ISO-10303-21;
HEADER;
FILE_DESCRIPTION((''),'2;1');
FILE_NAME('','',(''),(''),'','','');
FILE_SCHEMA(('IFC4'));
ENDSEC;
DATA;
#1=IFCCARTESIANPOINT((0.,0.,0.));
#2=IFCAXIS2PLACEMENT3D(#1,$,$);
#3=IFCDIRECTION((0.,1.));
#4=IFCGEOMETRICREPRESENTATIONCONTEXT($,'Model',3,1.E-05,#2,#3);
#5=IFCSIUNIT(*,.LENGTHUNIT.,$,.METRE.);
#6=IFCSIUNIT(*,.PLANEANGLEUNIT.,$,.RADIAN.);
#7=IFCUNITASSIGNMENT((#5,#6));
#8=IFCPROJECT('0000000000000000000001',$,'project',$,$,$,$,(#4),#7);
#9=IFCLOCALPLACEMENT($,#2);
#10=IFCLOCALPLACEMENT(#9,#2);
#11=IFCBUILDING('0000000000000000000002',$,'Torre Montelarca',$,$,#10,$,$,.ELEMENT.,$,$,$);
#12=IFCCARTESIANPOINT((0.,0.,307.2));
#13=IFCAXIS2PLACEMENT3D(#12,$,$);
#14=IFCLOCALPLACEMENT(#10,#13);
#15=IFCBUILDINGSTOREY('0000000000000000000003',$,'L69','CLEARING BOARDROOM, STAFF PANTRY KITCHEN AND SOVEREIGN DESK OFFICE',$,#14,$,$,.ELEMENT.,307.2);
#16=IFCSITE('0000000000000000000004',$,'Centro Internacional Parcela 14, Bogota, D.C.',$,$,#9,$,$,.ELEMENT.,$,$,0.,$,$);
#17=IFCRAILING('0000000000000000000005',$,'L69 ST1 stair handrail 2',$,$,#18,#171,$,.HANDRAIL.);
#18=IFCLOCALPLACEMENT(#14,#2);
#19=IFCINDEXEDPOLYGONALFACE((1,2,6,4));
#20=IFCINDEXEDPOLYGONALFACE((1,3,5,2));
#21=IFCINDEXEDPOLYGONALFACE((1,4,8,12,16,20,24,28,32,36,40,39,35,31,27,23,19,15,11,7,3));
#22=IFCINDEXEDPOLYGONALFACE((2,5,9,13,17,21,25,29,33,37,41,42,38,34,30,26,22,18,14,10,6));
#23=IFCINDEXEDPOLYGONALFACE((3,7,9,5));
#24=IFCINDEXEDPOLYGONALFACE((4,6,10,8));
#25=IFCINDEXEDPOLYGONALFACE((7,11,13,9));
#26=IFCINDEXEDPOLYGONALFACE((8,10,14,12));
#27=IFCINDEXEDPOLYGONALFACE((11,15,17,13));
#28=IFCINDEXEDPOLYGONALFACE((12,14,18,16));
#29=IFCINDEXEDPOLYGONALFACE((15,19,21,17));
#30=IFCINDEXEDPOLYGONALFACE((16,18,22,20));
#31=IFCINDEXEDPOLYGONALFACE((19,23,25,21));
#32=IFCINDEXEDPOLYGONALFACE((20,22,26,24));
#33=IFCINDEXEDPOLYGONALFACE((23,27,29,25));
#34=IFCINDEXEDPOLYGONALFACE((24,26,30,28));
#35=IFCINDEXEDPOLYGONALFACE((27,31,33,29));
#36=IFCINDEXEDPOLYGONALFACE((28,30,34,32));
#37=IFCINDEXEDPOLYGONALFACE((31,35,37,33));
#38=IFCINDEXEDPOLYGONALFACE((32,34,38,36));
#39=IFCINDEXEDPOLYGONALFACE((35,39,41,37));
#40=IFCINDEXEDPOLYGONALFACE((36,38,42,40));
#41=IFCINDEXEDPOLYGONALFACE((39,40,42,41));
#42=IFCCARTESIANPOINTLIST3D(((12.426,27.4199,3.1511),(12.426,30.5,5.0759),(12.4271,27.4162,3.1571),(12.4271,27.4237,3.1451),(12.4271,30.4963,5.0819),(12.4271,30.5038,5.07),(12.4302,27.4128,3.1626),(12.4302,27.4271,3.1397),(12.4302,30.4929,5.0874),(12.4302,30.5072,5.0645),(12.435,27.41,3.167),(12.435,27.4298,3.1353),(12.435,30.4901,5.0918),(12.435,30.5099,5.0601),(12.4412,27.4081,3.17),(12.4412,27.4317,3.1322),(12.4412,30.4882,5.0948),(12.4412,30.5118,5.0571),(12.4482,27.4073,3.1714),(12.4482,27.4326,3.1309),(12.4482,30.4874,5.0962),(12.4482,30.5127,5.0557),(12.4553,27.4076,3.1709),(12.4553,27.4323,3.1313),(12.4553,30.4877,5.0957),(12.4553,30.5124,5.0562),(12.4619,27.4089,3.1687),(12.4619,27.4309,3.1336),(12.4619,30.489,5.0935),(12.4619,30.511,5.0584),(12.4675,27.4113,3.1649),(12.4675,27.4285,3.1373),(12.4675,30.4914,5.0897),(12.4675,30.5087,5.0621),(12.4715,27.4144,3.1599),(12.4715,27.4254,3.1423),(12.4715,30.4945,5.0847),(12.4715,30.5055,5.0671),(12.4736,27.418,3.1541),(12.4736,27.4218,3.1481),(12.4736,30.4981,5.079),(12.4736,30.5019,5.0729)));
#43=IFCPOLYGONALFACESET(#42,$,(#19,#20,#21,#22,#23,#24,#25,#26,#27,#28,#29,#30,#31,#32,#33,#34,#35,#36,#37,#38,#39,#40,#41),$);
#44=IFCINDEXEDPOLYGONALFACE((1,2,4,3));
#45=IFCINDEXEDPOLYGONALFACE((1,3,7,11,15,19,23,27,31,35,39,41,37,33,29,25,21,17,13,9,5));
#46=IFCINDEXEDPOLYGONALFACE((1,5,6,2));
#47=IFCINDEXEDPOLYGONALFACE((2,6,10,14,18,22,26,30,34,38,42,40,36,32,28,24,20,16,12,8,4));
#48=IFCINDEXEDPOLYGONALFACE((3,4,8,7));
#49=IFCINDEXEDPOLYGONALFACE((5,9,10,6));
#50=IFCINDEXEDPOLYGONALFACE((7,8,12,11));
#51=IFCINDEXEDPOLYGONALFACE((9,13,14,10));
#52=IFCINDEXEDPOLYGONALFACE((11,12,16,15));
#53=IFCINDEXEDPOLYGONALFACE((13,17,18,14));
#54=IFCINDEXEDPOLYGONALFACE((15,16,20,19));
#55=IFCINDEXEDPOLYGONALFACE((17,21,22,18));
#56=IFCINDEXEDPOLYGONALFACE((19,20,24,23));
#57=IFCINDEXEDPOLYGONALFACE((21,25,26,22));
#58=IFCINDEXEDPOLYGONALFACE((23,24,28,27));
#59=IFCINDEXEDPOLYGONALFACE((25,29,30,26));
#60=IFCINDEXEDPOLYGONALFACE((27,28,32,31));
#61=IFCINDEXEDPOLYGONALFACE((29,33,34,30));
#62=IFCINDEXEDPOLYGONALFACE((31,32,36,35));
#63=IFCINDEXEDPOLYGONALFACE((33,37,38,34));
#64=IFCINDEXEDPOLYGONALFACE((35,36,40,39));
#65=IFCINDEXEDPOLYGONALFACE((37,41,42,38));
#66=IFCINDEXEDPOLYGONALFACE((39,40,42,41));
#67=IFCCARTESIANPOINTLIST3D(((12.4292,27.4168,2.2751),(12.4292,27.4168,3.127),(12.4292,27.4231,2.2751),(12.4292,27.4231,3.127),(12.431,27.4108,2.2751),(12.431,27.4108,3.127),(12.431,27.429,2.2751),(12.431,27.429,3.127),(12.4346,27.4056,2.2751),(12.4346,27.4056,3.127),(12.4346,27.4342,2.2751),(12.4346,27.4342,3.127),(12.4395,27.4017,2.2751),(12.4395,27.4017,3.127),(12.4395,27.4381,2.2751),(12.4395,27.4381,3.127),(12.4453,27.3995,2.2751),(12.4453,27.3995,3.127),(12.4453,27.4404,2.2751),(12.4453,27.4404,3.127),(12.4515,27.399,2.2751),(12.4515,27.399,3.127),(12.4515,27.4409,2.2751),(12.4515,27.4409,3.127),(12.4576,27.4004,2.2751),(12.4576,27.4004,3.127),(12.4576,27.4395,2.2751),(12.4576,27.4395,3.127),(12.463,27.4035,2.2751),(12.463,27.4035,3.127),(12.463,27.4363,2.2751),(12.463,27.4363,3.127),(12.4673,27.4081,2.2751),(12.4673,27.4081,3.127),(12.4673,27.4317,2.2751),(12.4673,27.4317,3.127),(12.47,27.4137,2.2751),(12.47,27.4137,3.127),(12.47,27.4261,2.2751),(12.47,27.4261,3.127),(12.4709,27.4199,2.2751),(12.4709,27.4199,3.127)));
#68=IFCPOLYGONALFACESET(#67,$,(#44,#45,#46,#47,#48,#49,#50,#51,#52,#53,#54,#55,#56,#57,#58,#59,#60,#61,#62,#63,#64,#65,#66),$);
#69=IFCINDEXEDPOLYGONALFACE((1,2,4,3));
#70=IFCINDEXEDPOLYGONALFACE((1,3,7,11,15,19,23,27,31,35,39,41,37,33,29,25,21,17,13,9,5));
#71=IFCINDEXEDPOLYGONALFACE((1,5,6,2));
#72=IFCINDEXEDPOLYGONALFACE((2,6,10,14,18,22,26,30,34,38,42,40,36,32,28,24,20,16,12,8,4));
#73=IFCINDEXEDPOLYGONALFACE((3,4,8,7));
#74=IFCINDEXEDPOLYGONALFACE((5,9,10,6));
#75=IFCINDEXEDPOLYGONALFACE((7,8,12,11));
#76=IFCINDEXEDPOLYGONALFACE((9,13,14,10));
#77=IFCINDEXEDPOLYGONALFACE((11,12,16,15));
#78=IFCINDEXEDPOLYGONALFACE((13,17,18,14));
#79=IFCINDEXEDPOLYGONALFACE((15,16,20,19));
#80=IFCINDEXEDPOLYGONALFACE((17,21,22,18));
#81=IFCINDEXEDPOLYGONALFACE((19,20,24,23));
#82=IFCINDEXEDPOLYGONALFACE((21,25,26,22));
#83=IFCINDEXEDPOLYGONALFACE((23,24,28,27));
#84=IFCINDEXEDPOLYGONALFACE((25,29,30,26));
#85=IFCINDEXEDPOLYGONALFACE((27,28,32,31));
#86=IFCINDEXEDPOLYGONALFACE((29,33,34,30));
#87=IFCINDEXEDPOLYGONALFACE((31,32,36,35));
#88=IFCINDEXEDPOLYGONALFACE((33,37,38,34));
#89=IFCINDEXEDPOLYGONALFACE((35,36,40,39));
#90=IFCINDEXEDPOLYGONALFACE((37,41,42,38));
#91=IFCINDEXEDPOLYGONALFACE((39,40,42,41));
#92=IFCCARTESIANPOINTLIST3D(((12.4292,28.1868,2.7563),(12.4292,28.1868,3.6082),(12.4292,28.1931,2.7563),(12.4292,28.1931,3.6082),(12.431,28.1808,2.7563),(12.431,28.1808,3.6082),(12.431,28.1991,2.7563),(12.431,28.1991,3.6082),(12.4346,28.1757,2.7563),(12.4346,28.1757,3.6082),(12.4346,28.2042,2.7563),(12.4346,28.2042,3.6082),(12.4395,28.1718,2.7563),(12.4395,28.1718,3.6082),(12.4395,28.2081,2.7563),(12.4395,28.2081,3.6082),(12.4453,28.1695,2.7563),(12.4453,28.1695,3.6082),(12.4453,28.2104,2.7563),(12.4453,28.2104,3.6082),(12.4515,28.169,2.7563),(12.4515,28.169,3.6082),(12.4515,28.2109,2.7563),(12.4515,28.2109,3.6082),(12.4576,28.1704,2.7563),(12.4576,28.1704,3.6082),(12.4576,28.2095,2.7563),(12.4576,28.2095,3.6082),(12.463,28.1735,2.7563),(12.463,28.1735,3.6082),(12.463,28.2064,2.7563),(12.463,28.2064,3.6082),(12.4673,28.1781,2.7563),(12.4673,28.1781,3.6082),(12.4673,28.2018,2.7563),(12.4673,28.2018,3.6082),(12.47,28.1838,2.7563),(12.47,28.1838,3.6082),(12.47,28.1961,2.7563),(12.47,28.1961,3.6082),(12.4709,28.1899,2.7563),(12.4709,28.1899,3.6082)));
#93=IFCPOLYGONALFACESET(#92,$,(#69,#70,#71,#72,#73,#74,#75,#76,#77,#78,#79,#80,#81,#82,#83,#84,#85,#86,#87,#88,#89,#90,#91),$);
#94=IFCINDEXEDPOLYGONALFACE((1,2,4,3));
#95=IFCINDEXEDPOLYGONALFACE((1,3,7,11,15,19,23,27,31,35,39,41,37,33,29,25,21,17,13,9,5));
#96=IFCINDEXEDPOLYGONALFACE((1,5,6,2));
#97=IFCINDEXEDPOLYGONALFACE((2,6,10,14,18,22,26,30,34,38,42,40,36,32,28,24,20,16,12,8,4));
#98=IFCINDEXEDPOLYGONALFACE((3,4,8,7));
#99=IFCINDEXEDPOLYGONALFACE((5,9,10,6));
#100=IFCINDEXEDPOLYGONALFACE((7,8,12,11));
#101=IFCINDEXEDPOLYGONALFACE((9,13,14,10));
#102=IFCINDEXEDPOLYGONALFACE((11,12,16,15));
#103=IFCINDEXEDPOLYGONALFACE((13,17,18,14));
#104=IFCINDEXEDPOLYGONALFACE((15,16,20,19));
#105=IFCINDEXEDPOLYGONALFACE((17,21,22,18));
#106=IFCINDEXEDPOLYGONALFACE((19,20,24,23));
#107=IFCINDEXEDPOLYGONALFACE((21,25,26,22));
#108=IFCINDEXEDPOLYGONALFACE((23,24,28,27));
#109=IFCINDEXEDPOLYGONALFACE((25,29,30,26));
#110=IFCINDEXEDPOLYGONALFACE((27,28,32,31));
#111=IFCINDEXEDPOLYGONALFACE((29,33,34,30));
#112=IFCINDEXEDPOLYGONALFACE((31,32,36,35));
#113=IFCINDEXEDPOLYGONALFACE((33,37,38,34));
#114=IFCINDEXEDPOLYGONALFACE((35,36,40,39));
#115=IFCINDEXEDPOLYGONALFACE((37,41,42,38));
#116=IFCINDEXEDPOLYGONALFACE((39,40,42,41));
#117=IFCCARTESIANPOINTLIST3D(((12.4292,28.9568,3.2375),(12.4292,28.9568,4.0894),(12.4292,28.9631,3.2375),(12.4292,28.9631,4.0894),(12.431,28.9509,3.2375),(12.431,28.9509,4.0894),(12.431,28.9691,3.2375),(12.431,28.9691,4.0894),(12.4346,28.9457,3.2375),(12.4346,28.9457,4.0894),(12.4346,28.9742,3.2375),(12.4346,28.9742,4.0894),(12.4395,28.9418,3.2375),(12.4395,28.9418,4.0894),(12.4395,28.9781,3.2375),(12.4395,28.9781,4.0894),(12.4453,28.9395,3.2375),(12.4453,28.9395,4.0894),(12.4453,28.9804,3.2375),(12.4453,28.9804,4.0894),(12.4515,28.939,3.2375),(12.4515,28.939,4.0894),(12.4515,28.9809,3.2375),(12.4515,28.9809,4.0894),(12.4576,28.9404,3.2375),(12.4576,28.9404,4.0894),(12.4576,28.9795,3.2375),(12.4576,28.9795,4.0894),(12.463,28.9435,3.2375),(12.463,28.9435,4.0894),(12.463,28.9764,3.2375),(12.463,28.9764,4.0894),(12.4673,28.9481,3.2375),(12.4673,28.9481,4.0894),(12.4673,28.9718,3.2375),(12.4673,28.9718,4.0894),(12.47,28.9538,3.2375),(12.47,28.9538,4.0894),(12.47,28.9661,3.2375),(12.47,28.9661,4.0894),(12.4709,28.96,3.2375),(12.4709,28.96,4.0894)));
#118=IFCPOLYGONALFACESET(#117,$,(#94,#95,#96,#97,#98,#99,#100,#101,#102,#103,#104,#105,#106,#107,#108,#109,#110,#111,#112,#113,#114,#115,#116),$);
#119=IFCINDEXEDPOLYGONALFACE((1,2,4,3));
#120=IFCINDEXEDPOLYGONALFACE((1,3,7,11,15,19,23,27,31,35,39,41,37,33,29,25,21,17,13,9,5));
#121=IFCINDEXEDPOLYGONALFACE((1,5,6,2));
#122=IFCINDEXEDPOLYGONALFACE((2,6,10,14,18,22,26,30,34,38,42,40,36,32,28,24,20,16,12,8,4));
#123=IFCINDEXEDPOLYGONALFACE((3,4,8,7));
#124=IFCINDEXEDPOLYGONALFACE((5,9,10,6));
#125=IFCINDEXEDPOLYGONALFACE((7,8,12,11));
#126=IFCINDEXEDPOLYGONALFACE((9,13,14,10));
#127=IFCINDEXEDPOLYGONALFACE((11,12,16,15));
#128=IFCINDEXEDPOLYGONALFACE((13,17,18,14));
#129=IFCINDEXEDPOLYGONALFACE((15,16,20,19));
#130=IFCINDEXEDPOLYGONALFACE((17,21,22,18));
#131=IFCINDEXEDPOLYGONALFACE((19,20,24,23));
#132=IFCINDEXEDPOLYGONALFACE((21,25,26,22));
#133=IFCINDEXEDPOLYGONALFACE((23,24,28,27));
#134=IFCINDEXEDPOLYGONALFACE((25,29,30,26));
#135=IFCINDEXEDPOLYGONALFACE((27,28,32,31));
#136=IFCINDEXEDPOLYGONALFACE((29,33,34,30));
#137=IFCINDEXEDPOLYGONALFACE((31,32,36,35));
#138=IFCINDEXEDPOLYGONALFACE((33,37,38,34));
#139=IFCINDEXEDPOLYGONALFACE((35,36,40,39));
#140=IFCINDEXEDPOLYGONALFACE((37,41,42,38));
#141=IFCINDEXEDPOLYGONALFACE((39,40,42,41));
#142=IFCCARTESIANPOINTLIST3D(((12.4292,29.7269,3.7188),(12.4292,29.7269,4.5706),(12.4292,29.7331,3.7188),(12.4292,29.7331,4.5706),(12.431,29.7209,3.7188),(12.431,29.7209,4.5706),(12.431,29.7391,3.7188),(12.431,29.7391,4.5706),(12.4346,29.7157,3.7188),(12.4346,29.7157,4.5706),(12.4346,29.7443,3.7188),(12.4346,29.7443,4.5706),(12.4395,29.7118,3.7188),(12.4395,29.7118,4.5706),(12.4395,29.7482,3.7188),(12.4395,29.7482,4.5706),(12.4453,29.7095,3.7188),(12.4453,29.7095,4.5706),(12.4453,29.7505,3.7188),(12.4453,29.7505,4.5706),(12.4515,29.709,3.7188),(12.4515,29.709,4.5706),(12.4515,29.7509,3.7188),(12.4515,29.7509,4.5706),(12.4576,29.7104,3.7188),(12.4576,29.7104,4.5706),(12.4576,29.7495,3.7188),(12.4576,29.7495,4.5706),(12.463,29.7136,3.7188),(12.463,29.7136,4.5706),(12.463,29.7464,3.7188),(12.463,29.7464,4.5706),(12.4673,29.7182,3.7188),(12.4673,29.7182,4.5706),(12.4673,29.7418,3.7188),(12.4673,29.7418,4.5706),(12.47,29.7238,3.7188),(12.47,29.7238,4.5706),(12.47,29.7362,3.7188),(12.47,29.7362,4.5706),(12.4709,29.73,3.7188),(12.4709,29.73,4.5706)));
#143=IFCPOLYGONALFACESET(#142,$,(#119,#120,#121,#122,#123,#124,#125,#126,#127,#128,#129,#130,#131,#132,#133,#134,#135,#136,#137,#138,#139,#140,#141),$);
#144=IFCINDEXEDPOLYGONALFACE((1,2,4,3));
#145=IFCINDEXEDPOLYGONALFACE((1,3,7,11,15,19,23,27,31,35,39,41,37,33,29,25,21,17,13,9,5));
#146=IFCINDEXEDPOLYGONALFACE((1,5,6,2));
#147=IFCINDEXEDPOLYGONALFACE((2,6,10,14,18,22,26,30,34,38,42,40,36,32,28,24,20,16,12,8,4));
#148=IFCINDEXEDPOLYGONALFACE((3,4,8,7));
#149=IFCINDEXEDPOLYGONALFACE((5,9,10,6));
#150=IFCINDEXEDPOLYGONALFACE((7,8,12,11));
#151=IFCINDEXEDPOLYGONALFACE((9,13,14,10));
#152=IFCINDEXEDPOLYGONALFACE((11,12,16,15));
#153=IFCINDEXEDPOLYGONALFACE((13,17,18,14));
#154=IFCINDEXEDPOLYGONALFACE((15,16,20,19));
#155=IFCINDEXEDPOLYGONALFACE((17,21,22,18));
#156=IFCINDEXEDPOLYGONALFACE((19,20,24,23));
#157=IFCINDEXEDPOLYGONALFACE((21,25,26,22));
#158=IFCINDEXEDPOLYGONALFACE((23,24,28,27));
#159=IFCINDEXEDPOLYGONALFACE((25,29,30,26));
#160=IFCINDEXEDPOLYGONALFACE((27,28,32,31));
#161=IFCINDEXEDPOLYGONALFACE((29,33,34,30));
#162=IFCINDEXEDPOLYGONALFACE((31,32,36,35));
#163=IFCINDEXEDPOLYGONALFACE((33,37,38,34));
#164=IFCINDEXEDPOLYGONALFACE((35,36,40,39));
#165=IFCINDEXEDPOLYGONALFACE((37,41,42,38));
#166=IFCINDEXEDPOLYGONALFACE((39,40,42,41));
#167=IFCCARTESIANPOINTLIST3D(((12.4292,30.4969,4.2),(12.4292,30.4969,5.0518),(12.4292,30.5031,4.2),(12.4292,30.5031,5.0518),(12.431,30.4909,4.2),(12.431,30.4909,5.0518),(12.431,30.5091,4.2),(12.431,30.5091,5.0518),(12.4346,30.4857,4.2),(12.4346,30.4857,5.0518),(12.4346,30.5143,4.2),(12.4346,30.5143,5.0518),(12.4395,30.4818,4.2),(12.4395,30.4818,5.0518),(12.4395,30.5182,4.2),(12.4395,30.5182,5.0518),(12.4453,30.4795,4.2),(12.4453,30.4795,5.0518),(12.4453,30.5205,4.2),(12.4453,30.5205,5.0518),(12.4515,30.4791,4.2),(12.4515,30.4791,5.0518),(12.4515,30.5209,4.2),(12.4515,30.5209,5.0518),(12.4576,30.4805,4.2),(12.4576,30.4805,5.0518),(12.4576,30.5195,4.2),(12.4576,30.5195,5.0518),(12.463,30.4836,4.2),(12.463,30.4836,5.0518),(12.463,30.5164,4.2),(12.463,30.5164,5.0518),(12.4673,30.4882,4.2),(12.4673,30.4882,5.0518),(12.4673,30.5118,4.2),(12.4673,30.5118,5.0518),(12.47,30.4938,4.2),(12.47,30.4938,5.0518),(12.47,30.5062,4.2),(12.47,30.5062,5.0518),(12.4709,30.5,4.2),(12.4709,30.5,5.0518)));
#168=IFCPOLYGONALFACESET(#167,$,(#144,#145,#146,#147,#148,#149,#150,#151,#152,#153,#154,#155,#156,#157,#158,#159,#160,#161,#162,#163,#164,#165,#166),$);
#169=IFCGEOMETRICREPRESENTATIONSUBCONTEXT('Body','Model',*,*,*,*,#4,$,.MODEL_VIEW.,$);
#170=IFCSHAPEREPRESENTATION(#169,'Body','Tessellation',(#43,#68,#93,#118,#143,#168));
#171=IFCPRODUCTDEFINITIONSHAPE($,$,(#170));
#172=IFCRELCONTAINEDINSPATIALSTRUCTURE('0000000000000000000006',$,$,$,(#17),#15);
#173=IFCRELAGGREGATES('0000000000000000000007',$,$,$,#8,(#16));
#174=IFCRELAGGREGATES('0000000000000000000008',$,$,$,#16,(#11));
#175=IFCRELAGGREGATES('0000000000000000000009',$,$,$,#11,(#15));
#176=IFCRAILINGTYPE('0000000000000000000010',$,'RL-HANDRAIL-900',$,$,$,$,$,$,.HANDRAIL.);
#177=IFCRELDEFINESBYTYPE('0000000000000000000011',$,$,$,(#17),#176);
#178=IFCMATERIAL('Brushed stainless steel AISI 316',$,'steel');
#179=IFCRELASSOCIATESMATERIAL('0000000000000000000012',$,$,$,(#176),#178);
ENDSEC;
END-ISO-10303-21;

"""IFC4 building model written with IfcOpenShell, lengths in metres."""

from ifc_helpers import new_model, si_unit, direction, frame, origin, origin_2d, place, context, subcontext, project, spatial, circle, extrude, material, type_object, element, save


model = new_model("IFC4")

# Units and contexts
model_context = context("Model", 3, precision=1e-05, world=origin(), true_north=direction((0.0, 1.0)))
body_context = subcontext(model_context, "Body", "Model", "MODEL_VIEW")
ifc_project = project(units=[si_unit("LENGTHUNIT", "METRE"), si_unit("PLANEANGLEUNIT", "RADIAN")], contexts=[model_context])

# Site, building, storey
site_placement = place(None, origin())
site = spatial("IfcSite", under=ifc_project, at=site_placement, Name="Centro Internacional Parcela 14, Bogota, D.C.", CompositionType="ELEMENT", RefElevation=0.0)
building_placement = place(site_placement, origin())
building = spatial("IfcBuilding", under=site, at=building_placement, Name="Torre Montelarca", CompositionType="ELEMENT")
storey_placement = place(building_placement, frame((0.0, 0.0, 307.2)))
storey = spatial("IfcBuildingStorey", under=building, at=storey_placement, Name="L69", Description="CLEARING BOARDROOM, STAFF PANTRY KITCHEN AND SOVEREIGN DESK OFFICE", CompositionType="ELEMENT", Elevation=307.2)

# Railing
ifc_material_1 = material(Name="Brushed stainless steel AISI 316", Category="steel")
railing_type_1 = type_object("IfcRailingType", Name="RL-HANDRAIL-900", PredefinedType="HANDRAIL", material=ifc_material_1)
railing_1_placement = place(storey_placement, frame((12.45, 27.4199, 2.2751)))
element("IfcRailing", 1, at=railing_1_placement, inside=storey, type_object=railing_type_1, Name="L69 ST1 stair handrail 2", PredefinedType="HANDRAIL", context=body_context, shape_type="SweptSolid", body=[
    extrude(circle(Radius=0.0239, at=origin_2d()), frame((0.0, 0.0, 0.876), z_axis=(0.0, 0.848029, 0.529951), x_axis=(-1.0, 0.0, 0.0)), (0.0, 0.0, 1.0), 3.6321),
    extrude(circle(Radius=0.021, at=origin_2d()), origin(), (0.0, 0.0, 1.0), 0.8518),
    extrude(circle(Radius=0.021, at=origin_2d()), frame((0.0, 0.77, 0.4812)), (0.0, 0.0, 1.0), 0.8518),
    extrude(circle(Radius=0.021, at=origin_2d()), frame((0.0, 1.54, 0.9624)), (0.0, 0.0, 1.0), 0.8518),
    extrude(circle(Radius=0.021, at=origin_2d()), frame((0.0, 2.3101, 1.4436)), (0.0, 0.0, 1.0), 0.8518),
    extrude(circle(Radius=0.021, at=origin_2d()), frame((0.0, 3.0801, 1.9248)), (0.0, 0.0, 1.0), 0.8518),
])

save(model, "model.ifc")
